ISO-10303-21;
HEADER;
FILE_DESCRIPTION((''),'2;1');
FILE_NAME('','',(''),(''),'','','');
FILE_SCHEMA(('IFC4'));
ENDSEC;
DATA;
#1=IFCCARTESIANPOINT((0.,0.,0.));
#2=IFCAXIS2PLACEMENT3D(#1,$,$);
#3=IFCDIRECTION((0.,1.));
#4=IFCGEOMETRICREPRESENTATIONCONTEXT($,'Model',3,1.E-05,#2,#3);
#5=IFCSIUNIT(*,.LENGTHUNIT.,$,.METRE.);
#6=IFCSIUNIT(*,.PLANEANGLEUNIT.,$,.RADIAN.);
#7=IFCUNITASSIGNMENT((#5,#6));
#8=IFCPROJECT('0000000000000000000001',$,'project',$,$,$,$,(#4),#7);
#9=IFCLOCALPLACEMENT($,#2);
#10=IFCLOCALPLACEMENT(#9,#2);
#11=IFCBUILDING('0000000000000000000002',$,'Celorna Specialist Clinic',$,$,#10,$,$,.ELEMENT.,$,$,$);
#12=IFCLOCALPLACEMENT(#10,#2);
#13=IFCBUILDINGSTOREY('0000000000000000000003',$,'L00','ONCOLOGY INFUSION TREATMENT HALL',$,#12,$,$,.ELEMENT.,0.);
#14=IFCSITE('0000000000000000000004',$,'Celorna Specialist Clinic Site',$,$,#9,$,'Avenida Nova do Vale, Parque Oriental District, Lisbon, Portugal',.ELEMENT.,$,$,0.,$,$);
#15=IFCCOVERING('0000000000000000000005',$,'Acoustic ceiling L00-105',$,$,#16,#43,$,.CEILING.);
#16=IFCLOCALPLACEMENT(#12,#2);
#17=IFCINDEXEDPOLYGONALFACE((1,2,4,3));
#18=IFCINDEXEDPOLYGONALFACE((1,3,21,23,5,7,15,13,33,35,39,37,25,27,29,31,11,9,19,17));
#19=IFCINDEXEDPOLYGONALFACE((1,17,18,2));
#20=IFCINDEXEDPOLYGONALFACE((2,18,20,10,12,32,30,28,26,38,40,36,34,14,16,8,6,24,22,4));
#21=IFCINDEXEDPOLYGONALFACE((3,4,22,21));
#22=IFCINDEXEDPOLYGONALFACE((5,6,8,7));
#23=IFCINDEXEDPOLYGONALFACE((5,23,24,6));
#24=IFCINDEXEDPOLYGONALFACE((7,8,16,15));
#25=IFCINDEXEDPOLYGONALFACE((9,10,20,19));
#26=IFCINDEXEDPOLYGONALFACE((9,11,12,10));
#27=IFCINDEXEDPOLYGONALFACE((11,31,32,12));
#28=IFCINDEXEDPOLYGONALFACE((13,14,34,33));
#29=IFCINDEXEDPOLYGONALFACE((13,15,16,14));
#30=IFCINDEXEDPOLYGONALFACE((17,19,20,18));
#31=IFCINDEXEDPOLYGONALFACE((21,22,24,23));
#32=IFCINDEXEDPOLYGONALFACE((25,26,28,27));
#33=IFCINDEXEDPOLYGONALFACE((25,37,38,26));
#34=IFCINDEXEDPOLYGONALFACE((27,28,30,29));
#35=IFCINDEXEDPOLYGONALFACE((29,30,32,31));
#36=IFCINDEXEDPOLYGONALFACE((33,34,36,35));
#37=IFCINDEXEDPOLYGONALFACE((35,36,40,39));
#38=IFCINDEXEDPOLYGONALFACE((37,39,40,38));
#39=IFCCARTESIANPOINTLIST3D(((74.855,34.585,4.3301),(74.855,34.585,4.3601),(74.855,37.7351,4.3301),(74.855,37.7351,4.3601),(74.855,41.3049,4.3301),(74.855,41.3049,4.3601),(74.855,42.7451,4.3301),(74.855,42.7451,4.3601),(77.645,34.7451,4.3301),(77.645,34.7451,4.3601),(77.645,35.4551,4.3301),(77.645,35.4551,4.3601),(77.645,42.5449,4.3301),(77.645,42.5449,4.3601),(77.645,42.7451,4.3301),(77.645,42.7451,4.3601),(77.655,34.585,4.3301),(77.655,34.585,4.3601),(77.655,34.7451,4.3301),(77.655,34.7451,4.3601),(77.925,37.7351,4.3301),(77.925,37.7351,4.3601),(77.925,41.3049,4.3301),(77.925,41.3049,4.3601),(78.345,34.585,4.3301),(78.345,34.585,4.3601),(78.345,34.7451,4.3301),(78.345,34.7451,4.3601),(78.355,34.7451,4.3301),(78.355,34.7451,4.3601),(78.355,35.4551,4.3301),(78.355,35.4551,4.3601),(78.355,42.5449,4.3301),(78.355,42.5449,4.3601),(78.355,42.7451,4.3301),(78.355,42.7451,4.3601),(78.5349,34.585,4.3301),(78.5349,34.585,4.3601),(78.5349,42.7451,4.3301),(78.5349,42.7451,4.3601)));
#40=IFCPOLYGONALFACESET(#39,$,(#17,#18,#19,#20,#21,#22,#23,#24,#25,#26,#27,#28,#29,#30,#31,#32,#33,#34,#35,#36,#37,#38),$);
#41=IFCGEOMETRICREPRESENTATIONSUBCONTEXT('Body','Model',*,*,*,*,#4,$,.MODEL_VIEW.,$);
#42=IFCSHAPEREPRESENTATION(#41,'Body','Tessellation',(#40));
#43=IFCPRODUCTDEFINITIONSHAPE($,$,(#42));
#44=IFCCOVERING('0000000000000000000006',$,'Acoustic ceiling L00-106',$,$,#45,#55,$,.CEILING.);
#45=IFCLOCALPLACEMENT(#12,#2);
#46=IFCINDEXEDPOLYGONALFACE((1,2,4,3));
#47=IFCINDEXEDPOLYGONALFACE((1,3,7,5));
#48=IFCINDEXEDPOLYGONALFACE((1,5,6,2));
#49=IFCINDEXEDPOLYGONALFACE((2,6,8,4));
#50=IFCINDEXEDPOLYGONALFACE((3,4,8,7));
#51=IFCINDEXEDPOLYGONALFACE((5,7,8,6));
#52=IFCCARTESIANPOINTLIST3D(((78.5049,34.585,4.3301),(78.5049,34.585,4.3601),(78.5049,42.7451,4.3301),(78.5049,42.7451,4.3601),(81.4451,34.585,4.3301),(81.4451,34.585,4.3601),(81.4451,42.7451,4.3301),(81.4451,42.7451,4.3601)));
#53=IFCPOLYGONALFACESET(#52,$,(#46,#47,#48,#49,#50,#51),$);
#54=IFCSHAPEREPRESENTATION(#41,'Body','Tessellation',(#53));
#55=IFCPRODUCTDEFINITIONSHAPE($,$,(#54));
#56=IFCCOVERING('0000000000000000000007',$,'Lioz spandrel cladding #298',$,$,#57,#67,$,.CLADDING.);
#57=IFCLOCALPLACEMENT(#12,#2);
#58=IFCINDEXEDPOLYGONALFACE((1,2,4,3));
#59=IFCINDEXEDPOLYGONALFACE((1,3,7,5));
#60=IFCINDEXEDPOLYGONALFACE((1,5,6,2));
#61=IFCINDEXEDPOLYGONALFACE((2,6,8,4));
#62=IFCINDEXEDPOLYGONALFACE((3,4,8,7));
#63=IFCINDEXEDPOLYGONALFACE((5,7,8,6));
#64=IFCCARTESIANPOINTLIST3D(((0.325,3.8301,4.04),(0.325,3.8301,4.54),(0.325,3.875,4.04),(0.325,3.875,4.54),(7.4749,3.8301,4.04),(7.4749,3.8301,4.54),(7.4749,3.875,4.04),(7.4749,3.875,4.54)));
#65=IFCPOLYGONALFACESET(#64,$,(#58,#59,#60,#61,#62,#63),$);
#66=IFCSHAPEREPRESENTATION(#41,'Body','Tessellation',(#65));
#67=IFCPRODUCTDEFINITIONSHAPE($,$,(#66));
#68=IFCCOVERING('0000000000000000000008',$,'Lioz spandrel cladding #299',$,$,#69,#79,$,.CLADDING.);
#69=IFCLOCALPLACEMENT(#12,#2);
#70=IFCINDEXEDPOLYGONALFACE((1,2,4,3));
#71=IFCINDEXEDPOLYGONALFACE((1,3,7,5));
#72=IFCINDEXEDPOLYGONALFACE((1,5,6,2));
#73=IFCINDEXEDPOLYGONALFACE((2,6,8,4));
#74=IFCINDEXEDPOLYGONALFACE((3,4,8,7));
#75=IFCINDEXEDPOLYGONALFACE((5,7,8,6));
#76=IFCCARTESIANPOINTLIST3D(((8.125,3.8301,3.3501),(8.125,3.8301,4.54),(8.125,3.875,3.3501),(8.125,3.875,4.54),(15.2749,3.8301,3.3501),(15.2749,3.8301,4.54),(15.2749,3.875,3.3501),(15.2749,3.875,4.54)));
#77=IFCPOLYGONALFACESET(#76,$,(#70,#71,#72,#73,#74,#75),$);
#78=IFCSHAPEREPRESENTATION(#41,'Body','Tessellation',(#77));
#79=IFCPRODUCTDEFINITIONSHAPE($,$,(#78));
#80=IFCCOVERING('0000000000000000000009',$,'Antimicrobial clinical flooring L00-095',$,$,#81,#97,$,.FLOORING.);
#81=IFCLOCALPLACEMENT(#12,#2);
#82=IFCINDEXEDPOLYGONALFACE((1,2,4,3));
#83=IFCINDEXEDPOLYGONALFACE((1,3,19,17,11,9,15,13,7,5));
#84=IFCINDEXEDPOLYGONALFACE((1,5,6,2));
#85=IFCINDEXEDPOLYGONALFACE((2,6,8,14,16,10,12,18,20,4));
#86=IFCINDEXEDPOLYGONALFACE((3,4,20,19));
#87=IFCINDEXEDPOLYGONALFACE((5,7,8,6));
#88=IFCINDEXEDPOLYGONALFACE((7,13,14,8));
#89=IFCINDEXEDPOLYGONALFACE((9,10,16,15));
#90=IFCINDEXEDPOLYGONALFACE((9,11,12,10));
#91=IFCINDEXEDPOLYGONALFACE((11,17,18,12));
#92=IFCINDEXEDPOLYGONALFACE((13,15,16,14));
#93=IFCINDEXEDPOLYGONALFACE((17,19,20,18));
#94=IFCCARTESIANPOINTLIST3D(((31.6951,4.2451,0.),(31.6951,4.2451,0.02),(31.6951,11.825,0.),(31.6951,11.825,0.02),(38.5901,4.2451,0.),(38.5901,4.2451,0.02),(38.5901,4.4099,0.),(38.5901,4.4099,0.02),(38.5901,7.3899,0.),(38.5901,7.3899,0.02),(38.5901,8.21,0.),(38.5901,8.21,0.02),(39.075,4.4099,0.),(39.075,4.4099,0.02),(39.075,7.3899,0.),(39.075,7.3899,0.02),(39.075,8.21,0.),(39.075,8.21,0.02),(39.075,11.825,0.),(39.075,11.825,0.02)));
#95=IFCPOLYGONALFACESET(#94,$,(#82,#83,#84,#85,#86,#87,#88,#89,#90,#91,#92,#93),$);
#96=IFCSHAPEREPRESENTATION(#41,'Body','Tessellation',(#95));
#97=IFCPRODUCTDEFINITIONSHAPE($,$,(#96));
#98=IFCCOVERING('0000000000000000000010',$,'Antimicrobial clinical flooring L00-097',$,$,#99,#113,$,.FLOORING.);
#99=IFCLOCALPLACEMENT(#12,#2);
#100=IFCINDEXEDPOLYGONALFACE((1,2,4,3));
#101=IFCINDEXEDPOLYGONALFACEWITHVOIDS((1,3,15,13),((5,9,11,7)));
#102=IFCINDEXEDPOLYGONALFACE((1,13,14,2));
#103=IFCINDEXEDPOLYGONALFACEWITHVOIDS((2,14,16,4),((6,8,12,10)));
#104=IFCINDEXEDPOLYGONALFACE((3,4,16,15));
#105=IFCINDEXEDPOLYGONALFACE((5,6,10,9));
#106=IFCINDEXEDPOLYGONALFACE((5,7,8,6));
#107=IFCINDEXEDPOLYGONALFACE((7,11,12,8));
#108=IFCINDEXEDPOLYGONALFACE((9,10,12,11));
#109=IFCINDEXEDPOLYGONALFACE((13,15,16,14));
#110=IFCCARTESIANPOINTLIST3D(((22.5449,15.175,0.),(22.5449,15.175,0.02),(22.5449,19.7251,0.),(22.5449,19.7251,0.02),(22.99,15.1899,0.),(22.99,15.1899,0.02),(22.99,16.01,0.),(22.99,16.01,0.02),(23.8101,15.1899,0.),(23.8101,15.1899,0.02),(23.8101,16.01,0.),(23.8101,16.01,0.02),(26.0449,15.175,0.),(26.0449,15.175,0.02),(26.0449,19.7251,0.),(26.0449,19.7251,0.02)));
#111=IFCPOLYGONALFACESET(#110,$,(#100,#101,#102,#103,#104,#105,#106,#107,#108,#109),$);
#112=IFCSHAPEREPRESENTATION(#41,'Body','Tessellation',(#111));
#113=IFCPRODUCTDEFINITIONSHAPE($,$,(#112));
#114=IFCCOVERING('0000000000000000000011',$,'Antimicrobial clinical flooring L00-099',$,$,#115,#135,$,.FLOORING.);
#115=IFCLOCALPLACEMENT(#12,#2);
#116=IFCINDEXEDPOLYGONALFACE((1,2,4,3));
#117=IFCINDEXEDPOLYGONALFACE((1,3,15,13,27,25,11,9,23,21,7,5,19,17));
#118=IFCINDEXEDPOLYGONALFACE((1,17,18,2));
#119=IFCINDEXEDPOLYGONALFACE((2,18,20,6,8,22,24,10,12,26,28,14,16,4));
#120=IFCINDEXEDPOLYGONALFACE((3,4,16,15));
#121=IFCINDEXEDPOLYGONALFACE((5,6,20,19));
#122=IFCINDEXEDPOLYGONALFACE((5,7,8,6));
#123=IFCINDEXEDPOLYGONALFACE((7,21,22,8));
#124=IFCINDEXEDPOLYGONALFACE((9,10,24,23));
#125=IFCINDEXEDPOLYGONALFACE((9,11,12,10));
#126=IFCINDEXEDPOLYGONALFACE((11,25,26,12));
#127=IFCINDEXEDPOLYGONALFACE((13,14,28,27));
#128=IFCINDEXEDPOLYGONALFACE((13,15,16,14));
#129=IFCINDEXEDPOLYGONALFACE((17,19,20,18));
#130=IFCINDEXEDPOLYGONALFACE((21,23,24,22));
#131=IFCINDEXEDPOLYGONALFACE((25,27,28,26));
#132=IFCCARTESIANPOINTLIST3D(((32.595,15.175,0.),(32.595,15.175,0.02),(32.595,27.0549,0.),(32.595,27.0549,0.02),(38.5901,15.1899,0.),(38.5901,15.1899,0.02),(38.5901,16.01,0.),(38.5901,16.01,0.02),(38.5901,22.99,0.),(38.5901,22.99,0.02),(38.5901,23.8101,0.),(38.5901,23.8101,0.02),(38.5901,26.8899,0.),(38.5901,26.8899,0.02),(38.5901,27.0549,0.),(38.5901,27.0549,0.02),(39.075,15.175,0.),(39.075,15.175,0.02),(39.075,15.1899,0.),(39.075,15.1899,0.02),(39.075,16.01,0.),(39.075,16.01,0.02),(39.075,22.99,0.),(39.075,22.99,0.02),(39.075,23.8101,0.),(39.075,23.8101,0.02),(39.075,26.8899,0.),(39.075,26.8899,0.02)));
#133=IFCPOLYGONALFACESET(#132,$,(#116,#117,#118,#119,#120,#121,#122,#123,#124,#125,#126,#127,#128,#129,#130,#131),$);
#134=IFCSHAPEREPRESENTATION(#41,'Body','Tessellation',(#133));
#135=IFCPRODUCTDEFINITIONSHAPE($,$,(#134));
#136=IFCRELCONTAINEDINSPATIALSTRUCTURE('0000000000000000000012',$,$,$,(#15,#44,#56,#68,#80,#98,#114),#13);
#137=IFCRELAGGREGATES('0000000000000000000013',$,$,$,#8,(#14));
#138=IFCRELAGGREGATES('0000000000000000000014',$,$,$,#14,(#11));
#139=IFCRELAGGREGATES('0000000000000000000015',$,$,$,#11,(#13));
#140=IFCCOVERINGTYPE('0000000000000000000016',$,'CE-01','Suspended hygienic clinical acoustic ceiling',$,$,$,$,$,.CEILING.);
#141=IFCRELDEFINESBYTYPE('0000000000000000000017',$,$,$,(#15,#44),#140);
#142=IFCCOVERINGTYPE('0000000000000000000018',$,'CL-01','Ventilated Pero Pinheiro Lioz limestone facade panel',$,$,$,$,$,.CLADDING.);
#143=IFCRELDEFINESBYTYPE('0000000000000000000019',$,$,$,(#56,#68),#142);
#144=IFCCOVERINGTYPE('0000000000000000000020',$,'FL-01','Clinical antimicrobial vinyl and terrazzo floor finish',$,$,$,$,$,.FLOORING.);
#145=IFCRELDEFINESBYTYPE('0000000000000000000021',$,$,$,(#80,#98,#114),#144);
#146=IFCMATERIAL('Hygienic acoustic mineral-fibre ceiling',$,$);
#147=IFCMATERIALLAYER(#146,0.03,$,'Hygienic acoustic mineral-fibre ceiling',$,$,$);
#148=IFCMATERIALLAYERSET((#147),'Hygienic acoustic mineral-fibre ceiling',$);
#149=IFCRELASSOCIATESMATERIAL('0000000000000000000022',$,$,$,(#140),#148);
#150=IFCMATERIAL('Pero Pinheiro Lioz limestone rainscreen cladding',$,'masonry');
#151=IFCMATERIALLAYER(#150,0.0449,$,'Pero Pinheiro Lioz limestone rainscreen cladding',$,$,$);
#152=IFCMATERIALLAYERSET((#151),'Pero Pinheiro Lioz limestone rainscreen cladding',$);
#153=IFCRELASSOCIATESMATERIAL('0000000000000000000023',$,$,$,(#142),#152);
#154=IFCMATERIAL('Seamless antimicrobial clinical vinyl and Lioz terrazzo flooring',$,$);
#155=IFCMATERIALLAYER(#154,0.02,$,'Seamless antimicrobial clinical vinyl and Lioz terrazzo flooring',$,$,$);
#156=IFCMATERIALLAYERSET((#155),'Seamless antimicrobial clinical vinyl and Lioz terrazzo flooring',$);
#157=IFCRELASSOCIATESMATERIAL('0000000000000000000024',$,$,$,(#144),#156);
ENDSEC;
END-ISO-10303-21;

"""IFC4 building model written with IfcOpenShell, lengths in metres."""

from ifc_helpers import new_model, si_unit, direction, frame, origin, origin_2d, place, context, subcontext, project, spatial, polyline, rectangle, outline, extrude, material, layer, layer_set, type_object, element, save


model = new_model("IFC4")

# Units and contexts
model_context = context("Model", 3, precision=1e-05, world=origin(), true_north=direction((0.0, 1.0)))
body_context = subcontext(model_context, "Body", "Model", "MODEL_VIEW")
ifc_project = project(units=[si_unit("LENGTHUNIT", "METRE"), si_unit("PLANEANGLEUNIT", "RADIAN")], contexts=[model_context])

# Site, building, storey
site_placement = place(None, origin())
site = spatial("IfcSite", under=ifc_project, at=site_placement, Name="Celorna Specialist Clinic Site", LongName="Avenida Nova do Vale, Parque Oriental District, Lisbon, Portugal", CompositionType="ELEMENT", RefElevation=0.0)
building_placement = place(site_placement, origin())
building = spatial("IfcBuilding", under=site, at=building_placement, Name="Celorna Specialist Clinic", CompositionType="ELEMENT")
storey_placement = place(building_placement, origin())
storey = spatial("IfcBuildingStorey", under=building, at=storey_placement, Name="L00", Description="ONCOLOGY INFUSION TREATMENT HALL", CompositionType="ELEMENT", Elevation=0.0)

# Coverings
ifc_material_1 = material(Name="Hygienic acoustic mineral-fibre ceiling")
ifc_layer_1 = layer(ifc_material_1, 0.03, Name="Hygienic acoustic mineral-fibre ceiling")
ifc_layer_set_1 = layer_set([ifc_layer_1], Name="Hygienic acoustic mineral-fibre ceiling")
covering_type_1 = type_object("IfcCoveringType", Name="CE-01", Description="Suspended hygienic clinical acoustic ceiling", PredefinedType="CEILING", material=ifc_layer_set_1)
covering_1_placement = place(storey_placement, frame((0.0, 0.0, 4.3301)))
element("IfcCovering", 1, at=covering_1_placement, inside=storey, type_object=covering_type_1, Name="Acoustic ceiling L00-105", PredefinedType="CEILING", context=body_context, shape_type="SweptSolid", body=[
    extrude(outline(polyline([(74.855, 34.585), (74.855, 37.7351), (77.925, 37.7351), (77.925, 41.3049), (74.855, 41.3049), (74.855, 42.7451), (77.645, 42.7451), (77.645, 42.5449), (78.355, 42.5449), (78.355, 42.7451), (78.5349, 42.7451), (78.5349, 34.585), (78.345, 34.585), (78.345, 34.7451), (78.355, 34.7451), (78.355, 35.4551), (77.645, 35.4551), (77.645, 34.7451), (77.655, 34.7451), (77.655, 34.585), (74.855, 34.585)])), origin(), (0.0, 0.0, 1.0), 0.03),
])
covering_2_placement = place(storey_placement, frame((0.0, 0.0, 4.3301)))
element("IfcCovering", 2, at=covering_2_placement, inside=storey, type_object=covering_type_1, Name="Acoustic ceiling L00-106", PredefinedType="CEILING", context=body_context, shape_type="SweptSolid", body=[
    extrude(outline(polyline([(81.4451, 42.7451), (81.4451, 34.585), (78.5049, 34.585), (78.5049, 42.7451), (81.4451, 42.7451)])), origin(), (0.0, 0.0, 1.0), 0.03),
])
ifc_material_2 = material(Name="Pero Pinheiro Lioz limestone rainscreen cladding", Category="masonry")
ifc_layer_2 = layer(ifc_material_2, 0.0449, Name="Pero Pinheiro Lioz limestone rainscreen cladding")
ifc_layer_set_2 = layer_set([ifc_layer_2], Name="Pero Pinheiro Lioz limestone rainscreen cladding")
covering_type_2 = type_object("IfcCoveringType", Name="CL-01", Description="Ventilated Pero Pinheiro Lioz limestone facade panel", PredefinedType="CLADDING", material=ifc_layer_set_2)
covering_3_placement = place(storey_placement, frame((3.8999, 3.8525, 4.04), z_axis=(0.0, 0.0, 1.0), x_axis=(-1.0, 0.0, 0.0)))
element("IfcCovering", 3, at=covering_3_placement, inside=storey, type_object=covering_type_2, Name="Lioz spandrel cladding #298", PredefinedType="CLADDING", context=body_context, shape_type="SweptSolid", body=[
    extrude(rectangle(XDim=7.1499, YDim=0.0449, at=origin_2d()), origin(), (0.0, 0.0, 1.0), 0.5),
])
covering_4_placement = place(storey_placement, frame((11.7, 3.8525, 3.3501), z_axis=(0.0, 0.0, 1.0), x_axis=(-1.0, 0.0, 0.0)))
element("IfcCovering", 4, at=covering_4_placement, inside=storey, type_object=covering_type_2, Name="Lioz spandrel cladding #299", PredefinedType="CLADDING", context=body_context, shape_type="SweptSolid", body=[
    extrude(rectangle(XDim=7.1499, YDim=0.0449, at=origin_2d()), origin(), (0.0, 0.0, 1.0), 1.1899),
])
ifc_material_3 = material(Name="Seamless antimicrobial clinical vinyl and Lioz terrazzo flooring")
ifc_layer_3 = layer(ifc_material_3, 0.02, Name="Seamless antimicrobial clinical vinyl and Lioz terrazzo flooring")
ifc_layer_set_3 = layer_set([ifc_layer_3], Name="Seamless antimicrobial clinical vinyl and Lioz terrazzo flooring")
covering_type_3 = type_object("IfcCoveringType", Name="FL-01", Description="Clinical antimicrobial vinyl and terrazzo floor finish", PredefinedType="FLOORING", material=ifc_layer_set_3)
covering_5_placement = place(storey_placement, origin())
element("IfcCovering", 5, at=covering_5_placement, inside=storey, type_object=covering_type_3, Name="Antimicrobial clinical flooring L00-095", PredefinedType="FLOORING", context=body_context, shape_type="SweptSolid", body=[
    extrude(outline(polyline([(31.6951, 11.825), (39.075, 11.825), (39.075, 8.21), (38.5901, 8.21), (38.5901, 7.3899), (39.075, 7.3899), (39.075, 4.4099), (38.5901, 4.4099), (38.5901, 4.2451), (31.6951, 4.2451), (31.6951, 11.825)])), origin(), (0.0, 0.0, 1.0), 0.02),
])
covering_6_placement = place(storey_placement, origin())
element("IfcCovering", 6, at=covering_6_placement, inside=storey, type_object=covering_type_3, Name="Antimicrobial clinical flooring L00-097", PredefinedType="FLOORING", context=body_context, shape_type="SweptSolid", body=[
    extrude(outline(polyline([(22.5449, 19.7251), (26.0449, 19.7251), (26.0449, 15.175), (22.5449, 15.175), (22.5449, 19.7251)]), holes=[polyline([(23.8101, 15.1899), (23.8101, 16.01), (22.99, 16.01), (22.99, 15.1899), (23.8101, 15.1899)])]), origin(), (0.0, 0.0, 1.0), 0.02),
])
covering_7_placement = place(storey_placement, origin())
element("IfcCovering", 7, at=covering_7_placement, inside=storey, type_object=covering_type_3, Name="Antimicrobial clinical flooring L00-099", PredefinedType="FLOORING", context=body_context, shape_type="SweptSolid", body=[
    extrude(outline(polyline([(32.595, 27.0549), (38.5901, 27.0549), (38.5901, 26.8899), (39.075, 26.8899), (39.075, 23.8101), (38.5901, 23.8101), (38.5901, 22.99), (39.075, 22.99), (39.075, 16.01), (38.5901, 16.01), (38.5901, 15.1899), (39.075, 15.1899), (39.075, 15.175), (32.595, 15.175), (32.595, 27.0549)])), origin(), (0.0, 0.0, 1.0), 0.02),
])

save(model, "model.ifc")
